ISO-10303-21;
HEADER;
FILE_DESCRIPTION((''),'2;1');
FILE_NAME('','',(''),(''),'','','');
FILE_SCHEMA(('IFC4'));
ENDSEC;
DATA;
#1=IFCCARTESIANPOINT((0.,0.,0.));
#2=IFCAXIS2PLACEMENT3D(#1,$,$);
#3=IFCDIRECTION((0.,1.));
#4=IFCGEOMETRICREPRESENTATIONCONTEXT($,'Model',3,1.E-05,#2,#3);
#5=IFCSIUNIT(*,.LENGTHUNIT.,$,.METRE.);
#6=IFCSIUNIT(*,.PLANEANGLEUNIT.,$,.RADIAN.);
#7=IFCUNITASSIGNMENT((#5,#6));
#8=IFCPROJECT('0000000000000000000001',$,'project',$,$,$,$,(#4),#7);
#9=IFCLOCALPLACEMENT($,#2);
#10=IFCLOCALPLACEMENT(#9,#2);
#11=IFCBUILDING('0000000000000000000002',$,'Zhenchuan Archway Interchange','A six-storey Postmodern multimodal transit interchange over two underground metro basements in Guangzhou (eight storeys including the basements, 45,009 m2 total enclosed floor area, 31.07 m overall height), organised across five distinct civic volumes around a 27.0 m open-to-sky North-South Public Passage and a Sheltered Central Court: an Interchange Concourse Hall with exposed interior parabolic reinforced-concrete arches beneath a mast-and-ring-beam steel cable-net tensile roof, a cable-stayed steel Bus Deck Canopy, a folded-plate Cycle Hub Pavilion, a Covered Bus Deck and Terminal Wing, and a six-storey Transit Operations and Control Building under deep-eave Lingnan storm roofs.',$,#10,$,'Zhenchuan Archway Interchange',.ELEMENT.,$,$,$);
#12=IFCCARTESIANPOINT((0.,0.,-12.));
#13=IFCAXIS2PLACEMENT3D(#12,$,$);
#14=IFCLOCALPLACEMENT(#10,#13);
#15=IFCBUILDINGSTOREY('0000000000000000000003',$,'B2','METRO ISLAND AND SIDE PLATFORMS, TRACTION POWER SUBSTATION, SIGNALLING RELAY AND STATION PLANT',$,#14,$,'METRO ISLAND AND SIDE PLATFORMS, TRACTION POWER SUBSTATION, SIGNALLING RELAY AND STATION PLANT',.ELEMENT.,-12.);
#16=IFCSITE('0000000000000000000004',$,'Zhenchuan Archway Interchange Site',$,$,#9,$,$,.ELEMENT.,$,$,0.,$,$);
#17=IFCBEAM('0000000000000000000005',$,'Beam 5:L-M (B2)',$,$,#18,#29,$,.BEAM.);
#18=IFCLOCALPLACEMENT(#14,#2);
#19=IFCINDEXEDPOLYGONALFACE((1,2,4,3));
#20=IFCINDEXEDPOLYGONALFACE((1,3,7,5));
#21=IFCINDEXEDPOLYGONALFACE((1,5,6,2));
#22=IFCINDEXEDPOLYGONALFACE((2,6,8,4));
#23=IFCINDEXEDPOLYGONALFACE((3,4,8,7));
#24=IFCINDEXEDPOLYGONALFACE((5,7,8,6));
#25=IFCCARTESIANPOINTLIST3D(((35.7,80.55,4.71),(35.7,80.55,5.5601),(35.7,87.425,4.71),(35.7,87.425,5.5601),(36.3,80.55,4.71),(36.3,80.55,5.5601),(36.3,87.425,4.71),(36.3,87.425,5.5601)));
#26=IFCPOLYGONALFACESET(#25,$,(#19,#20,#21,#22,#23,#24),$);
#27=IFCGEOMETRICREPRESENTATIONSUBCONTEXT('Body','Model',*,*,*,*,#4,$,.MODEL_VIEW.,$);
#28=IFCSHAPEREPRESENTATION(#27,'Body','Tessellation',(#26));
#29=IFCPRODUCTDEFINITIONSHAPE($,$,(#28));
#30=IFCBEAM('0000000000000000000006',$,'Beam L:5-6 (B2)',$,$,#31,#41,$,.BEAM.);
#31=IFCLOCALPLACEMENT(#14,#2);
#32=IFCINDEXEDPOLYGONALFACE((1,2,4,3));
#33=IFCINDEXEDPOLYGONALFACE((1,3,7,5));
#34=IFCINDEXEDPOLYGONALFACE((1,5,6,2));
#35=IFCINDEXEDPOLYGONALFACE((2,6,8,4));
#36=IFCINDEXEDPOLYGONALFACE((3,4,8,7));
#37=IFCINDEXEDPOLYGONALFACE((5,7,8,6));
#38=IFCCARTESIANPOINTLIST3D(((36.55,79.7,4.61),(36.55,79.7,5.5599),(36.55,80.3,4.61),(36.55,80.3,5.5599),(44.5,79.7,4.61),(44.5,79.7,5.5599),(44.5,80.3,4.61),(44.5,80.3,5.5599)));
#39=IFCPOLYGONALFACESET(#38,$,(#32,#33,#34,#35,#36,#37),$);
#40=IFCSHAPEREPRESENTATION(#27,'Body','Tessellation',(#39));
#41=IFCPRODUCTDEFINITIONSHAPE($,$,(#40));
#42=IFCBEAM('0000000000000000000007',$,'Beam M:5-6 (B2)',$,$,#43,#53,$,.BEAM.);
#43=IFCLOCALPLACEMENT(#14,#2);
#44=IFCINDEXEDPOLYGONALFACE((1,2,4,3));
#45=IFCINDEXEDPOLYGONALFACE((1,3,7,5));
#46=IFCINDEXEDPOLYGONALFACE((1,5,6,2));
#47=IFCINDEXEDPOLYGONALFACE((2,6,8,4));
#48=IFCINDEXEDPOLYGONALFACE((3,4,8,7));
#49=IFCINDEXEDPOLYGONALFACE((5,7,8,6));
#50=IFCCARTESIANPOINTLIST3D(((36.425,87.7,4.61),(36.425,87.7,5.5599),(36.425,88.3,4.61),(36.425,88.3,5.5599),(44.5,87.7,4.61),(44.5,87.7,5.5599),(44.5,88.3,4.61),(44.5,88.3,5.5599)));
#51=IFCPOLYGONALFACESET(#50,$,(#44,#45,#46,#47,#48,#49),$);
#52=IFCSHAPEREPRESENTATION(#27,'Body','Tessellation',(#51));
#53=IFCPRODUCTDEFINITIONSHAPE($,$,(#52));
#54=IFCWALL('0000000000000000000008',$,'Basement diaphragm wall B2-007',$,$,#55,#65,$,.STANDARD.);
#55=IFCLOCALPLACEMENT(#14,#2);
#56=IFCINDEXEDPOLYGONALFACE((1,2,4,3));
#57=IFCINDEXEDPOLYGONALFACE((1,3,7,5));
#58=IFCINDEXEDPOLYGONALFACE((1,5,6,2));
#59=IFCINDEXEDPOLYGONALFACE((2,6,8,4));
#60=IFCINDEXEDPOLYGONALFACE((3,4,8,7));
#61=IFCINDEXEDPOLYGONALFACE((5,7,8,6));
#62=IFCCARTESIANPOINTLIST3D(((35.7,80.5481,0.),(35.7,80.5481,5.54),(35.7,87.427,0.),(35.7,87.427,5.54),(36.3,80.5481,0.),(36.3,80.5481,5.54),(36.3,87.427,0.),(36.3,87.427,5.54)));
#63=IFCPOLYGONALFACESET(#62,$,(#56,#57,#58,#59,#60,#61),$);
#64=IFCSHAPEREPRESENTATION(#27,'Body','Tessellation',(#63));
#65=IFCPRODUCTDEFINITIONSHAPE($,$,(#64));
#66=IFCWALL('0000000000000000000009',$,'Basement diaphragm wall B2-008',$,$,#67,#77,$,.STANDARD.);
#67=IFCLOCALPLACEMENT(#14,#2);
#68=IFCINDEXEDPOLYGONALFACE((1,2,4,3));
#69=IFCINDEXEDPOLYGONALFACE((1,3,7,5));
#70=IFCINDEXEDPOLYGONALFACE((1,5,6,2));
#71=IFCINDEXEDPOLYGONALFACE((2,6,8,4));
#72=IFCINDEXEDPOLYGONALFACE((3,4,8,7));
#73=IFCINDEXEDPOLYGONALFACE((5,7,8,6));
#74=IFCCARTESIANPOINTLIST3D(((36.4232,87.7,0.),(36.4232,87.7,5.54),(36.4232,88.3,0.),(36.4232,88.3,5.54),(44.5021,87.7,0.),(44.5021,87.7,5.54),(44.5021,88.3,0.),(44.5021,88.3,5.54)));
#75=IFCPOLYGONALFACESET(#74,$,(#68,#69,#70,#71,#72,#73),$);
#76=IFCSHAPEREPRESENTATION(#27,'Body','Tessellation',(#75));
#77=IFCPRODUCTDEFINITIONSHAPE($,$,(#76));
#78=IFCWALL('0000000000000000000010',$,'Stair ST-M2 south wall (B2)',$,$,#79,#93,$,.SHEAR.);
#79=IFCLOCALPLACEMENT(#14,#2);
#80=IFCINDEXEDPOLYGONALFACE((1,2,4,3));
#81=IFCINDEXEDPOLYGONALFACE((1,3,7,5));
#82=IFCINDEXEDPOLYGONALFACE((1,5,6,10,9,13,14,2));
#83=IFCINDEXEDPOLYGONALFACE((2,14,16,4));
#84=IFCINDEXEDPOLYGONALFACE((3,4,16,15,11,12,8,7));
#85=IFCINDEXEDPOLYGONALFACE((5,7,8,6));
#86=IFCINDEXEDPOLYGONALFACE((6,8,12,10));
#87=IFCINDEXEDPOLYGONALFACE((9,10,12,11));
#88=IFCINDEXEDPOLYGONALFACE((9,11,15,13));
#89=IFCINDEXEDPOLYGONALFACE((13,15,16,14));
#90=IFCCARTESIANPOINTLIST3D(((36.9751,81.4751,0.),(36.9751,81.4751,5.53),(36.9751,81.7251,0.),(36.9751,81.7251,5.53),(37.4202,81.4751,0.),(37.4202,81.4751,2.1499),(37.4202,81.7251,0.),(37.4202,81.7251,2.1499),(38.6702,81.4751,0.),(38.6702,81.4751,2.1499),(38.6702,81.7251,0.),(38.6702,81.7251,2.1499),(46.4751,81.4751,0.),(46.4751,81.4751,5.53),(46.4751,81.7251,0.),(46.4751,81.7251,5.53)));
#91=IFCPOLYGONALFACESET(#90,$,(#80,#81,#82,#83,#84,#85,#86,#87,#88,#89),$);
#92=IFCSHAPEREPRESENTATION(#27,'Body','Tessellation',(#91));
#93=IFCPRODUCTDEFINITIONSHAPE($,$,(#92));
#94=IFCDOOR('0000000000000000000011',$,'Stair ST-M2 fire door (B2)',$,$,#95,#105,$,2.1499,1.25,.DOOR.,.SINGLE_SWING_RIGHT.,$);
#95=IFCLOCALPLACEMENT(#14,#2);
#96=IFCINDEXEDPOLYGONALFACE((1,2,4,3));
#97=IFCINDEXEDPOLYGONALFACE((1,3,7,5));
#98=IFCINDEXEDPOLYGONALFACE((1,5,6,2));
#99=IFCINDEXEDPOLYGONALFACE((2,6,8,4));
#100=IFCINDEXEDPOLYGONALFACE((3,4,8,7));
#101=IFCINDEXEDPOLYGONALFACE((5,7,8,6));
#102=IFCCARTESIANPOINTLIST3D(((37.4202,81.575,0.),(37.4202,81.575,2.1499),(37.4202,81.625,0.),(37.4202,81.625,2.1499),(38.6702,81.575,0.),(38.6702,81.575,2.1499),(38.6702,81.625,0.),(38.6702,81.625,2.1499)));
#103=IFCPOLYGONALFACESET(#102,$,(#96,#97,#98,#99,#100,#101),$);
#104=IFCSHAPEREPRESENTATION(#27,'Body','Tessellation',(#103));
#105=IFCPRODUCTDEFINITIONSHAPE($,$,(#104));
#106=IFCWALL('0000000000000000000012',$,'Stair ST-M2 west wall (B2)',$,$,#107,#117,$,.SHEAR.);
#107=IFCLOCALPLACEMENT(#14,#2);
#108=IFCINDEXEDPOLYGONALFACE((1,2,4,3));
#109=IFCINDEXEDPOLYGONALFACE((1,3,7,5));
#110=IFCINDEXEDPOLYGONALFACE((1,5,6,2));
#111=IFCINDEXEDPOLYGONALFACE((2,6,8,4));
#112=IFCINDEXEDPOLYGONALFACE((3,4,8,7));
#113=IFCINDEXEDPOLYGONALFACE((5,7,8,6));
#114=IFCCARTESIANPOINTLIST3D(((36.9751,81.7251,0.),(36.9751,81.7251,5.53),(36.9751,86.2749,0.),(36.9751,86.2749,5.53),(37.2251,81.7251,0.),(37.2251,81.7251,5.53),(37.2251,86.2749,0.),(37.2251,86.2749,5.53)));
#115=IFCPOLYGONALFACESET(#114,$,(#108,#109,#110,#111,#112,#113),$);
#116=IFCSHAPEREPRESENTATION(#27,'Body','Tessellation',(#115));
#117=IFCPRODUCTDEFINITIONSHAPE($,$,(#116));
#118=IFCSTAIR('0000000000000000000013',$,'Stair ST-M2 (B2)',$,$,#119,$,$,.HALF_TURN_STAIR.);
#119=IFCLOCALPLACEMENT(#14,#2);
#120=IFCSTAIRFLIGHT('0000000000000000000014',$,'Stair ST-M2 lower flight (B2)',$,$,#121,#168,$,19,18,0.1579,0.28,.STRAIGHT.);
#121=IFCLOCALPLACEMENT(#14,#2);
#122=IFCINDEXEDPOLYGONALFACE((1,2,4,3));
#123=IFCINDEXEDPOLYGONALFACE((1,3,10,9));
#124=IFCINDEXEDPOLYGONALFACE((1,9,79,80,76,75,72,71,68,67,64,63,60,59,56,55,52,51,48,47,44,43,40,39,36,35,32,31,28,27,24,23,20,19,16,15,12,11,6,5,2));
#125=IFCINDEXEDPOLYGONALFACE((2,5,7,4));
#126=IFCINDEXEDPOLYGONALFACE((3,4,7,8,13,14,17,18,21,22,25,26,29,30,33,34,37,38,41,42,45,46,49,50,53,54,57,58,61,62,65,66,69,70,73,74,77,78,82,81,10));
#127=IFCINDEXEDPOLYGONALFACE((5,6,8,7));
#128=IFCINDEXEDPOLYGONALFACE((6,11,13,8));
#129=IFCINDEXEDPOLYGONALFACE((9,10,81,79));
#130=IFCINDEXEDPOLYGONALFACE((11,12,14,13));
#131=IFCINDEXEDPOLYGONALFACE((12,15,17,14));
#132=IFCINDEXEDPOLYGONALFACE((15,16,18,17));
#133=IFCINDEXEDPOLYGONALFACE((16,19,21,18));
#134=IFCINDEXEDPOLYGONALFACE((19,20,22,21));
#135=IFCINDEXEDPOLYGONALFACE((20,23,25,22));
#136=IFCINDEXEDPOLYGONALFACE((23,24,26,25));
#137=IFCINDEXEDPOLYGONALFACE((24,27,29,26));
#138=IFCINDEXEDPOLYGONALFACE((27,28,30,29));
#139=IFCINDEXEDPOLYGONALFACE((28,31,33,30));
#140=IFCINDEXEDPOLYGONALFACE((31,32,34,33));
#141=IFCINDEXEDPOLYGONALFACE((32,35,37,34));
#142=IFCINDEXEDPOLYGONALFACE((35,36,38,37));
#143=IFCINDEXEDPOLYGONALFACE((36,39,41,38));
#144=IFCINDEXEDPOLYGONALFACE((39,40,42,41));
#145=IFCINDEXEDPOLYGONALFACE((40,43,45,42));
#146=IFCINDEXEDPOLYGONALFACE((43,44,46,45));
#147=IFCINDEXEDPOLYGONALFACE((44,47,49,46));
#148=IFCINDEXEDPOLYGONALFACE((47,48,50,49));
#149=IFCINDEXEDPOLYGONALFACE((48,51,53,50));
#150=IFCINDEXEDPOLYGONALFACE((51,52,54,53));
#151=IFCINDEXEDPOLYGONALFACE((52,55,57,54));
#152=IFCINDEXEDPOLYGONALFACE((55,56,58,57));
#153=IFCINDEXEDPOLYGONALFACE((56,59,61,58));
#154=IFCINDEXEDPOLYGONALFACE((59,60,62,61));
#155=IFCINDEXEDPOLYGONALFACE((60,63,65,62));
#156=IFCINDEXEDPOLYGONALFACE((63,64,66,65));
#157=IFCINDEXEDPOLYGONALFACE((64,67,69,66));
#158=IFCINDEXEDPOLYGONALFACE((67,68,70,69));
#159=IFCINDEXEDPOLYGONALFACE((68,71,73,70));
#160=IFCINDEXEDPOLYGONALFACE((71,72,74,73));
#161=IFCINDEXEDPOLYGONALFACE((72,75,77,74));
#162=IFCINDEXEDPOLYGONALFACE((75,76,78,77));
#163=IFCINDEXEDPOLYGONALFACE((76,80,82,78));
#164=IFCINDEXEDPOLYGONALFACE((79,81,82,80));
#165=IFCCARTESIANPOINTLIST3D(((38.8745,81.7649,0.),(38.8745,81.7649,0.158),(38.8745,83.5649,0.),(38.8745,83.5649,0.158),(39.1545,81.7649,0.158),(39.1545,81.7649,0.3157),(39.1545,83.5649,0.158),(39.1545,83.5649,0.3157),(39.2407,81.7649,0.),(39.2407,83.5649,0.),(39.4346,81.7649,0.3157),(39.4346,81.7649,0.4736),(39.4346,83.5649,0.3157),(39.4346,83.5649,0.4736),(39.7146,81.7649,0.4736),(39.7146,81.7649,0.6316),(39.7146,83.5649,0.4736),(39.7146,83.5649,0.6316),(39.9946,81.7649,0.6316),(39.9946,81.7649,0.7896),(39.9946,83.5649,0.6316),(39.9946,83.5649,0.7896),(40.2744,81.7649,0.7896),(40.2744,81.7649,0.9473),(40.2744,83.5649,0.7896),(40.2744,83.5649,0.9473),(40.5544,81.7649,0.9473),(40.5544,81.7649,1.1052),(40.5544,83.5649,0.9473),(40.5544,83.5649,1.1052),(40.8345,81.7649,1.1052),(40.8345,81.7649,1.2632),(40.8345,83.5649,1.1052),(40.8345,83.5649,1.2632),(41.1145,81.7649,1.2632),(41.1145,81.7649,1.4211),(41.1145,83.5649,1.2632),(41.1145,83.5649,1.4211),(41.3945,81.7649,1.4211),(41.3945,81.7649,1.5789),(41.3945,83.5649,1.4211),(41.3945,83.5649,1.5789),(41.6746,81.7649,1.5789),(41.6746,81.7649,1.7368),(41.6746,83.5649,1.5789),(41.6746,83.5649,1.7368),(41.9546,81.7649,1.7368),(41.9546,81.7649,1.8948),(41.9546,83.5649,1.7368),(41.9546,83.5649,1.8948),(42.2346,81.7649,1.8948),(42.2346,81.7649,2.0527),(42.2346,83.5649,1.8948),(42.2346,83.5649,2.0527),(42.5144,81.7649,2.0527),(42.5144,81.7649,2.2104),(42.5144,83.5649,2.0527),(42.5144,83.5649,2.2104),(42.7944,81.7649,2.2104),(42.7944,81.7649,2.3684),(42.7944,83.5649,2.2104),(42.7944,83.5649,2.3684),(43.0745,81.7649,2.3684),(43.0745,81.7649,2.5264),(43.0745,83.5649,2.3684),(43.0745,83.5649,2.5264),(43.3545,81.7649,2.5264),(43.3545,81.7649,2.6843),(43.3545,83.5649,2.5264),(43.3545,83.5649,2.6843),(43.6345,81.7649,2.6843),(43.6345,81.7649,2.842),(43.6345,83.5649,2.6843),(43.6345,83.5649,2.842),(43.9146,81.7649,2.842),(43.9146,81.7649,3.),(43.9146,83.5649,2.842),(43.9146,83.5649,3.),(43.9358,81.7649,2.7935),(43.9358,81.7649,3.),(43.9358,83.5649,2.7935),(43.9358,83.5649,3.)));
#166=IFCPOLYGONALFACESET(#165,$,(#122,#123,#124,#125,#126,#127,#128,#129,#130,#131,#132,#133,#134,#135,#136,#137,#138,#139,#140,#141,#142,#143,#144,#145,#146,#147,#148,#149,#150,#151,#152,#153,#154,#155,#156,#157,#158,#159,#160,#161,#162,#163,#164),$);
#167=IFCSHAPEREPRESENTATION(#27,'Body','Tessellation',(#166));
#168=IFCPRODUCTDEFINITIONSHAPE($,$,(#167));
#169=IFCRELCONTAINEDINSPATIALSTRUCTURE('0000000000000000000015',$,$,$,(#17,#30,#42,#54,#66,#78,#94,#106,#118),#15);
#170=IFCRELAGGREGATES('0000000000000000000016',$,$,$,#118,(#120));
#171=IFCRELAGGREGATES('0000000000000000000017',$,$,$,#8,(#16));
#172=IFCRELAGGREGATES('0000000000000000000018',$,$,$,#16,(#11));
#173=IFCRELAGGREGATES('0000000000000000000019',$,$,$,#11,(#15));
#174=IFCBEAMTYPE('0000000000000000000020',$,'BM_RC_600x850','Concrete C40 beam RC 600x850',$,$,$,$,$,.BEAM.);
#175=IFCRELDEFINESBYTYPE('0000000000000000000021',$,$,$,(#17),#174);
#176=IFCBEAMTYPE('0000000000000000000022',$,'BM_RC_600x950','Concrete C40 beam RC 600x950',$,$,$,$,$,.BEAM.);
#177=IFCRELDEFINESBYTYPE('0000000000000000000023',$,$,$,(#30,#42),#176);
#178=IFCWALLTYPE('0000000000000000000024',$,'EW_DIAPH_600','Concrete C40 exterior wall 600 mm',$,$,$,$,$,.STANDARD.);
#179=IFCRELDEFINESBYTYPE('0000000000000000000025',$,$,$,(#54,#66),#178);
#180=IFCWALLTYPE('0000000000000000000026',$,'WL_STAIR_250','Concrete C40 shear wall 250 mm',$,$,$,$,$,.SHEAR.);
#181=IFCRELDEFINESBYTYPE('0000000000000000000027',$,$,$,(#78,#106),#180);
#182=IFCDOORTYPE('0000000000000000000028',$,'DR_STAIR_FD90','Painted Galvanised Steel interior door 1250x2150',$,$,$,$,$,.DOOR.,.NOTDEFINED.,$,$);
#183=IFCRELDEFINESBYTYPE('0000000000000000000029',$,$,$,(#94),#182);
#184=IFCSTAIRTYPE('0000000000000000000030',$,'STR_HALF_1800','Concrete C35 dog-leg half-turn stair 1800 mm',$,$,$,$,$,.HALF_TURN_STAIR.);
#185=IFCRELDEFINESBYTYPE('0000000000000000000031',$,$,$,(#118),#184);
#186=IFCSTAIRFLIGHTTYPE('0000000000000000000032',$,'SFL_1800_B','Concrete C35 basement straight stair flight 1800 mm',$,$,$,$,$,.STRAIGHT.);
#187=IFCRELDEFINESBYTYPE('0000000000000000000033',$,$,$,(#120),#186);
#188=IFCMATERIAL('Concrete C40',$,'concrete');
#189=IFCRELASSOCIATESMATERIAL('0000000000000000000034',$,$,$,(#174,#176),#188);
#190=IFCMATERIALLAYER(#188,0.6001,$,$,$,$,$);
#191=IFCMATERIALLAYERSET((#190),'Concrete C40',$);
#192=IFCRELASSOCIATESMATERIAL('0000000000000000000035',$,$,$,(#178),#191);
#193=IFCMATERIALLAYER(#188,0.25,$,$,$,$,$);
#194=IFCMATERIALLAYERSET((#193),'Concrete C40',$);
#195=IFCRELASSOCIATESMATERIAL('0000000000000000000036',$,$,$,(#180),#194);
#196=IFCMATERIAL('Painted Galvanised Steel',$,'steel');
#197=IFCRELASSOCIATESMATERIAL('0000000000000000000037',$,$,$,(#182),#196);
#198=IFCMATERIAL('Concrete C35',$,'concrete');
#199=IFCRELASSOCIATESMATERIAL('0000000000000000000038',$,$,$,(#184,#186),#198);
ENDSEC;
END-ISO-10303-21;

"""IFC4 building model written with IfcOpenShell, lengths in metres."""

from ifc_helpers import new_model, si_unit, direction, frame, frame_2d, origin, origin_2d, place, context, subcontext, project, spatial, polyline, rectangle, outline, extrude, material, layer, layer_set, material_profile, profile_set, type_object, element, fill, aggregate, save


model = new_model("IFC4")

# Units and contexts
model_context = context("Model", 3, precision=1e-05, world=origin(), true_north=direction((0.0, 1.0)))
body_context = subcontext(model_context, "Body", "Model", "MODEL_VIEW")
ifc_project = project(units=[si_unit("LENGTHUNIT", "METRE"), si_unit("PLANEANGLEUNIT", "RADIAN")], contexts=[model_context])

# Site, building, storey
site_placement = place(None, origin())
site = spatial("IfcSite", under=ifc_project, at=site_placement, Name="Zhenchuan Archway Interchange Site", CompositionType="ELEMENT", RefElevation=0.0)
building_placement = place(site_placement, origin())
building = spatial("IfcBuilding", under=site, at=building_placement, Name="Zhenchuan Archway Interchange", Description="A six-storey Postmodern multimodal transit interchange over two underground metro basements in Guangzhou (eight storeys including the basements, 45,009 m2 total enclosed floor area, 31.07 m overall height), organised across five distinct civic volumes around a 27.0 m open-to-sky North-South Public Passage and a Sheltered Central Court: an Interchange Concourse Hall with exposed interior parabolic reinforced-concrete arches beneath a mast-and-ring-beam steel cable-net tensile roof, a cable-stayed steel Bus Deck Canopy, a folded-plate Cycle Hub Pavilion, a Covered Bus Deck and Terminal Wing, and a six-storey Transit Operations and Control Building under deep-eave Lingnan storm roofs.", LongName="Zhenchuan Archway Interchange", CompositionType="ELEMENT")
storey_placement = place(building_placement, frame((0.0, 0.0, -12.0)))
storey = spatial("IfcBuildingStorey", under=building, at=storey_placement, Name="B2", Description="METRO ISLAND AND SIDE PLATFORMS, TRACTION POWER SUBSTATION, SIGNALLING RELAY AND STATION PLANT", LongName="METRO ISLAND AND SIDE PLATFORMS, TRACTION POWER SUBSTATION, SIGNALLING RELAY AND STATION PLANT", CompositionType="ELEMENT", Elevation=-12.0)

# Shared definitions
ifc_material_1 = material(Name="Concrete C40", Category="concrete")

# Shared definitions
ifc_material_2 = material(Name="Concrete C35", Category="concrete")

# Beams
ifc_material_profile_1 = material_profile(ifc_material_1, rectangle(XDim=0.6001, YDim=0.8501, at=origin_2d()), Name="RC 600x850")
ifc_profile_set_1 = profile_set([ifc_material_profile_1], Name="Concrete C40")
beam_type_1 = type_object("IfcBeamType", Name="BM_RC_600x850", Description="Concrete C40 beam RC 600x850", PredefinedType="BEAM", material=ifc_profile_set_1)
beam_1_placement = place(storey_placement, frame((36.0, 80.55, 5.135), z_axis=(0.0, 1.0, 0.0), x_axis=(-1.0, 0.0, 0.0)))
element("IfcBeam", 1, at=beam_1_placement, inside=storey, type_object=beam_type_1, Name="Beam 5:L-M (B2)", PredefinedType="BEAM", context=body_context, shape_type="SweptSolid", body=[
    extrude(rectangle(XDim=0.6001, YDim=0.8501, at=origin_2d()), origin(), (0.0, 0.0, 1.0), 6.875),
])
ifc_material_profile_2 = material_profile(ifc_material_1, rectangle(XDim=0.6001, YDim=0.95, at=origin_2d()), Name="RC 600x950")
ifc_profile_set_2 = profile_set([ifc_material_profile_2], Name="Concrete C40")
beam_type_2 = type_object("IfcBeamType", Name="BM_RC_600x950", Description="Concrete C40 beam RC 600x950", PredefinedType="BEAM", material=ifc_profile_set_2)
beam_2_placement = place(storey_placement, frame((36.55, 80.0, 5.085), z_axis=(1.0, 0.0, 0.0), x_axis=(0.0, 1.0, 0.0)))
element("IfcBeam", 2, at=beam_2_placement, inside=storey, type_object=beam_type_2, Name="Beam L:5-6 (B2)", PredefinedType="BEAM", context=body_context, shape_type="SweptSolid", body=[
    extrude(rectangle(XDim=0.6001, YDim=0.95, at=origin_2d()), origin(), (0.0, 0.0, 1.0), 7.95),
])
beam_3_placement = place(storey_placement, frame((36.425, 88.0, 5.085), z_axis=(1.0, 0.0, 0.0), x_axis=(0.0, 1.0, 0.0)))
element("IfcBeam", 3, at=beam_3_placement, inside=storey, type_object=beam_type_2, Name="Beam M:5-6 (B2)", PredefinedType="BEAM", context=body_context, shape_type="SweptSolid", body=[
    extrude(rectangle(XDim=0.6001, YDim=0.95, at=origin_2d()), origin(), (0.0, 0.0, 1.0), 8.075),
])

# Walls
ifc_layer_1 = layer(ifc_material_1, 0.6001)
ifc_layer_set_1 = layer_set([ifc_layer_1], Name="Concrete C40")
wall_type_1 = type_object("IfcWallType", Name="EW_DIAPH_600", Description="Concrete C40 exterior wall 600 mm", PredefinedType="STANDARD", material=ifc_layer_set_1)
wall_1_placement = place(storey_placement, frame((36.0, 80.5481, 0.0), z_axis=(0.0, 0.0, 1.0), x_axis=(0.0, 1.0, 0.0)))
element("IfcWall", 4, at=wall_1_placement, inside=storey, type_object=wall_type_1, Name="Basement diaphragm wall B2-007", PredefinedType="STANDARD", context=body_context, shape_type="SweptSolid", body=[
    extrude(rectangle(XDim=6.8789, YDim=0.6001, at=frame_2d((3.4395, 0.0))), origin(), (0.0, 0.0, 1.0), 5.54),
])
wall_2_placement = place(storey_placement, frame((36.4231, 88.0, 0.0), z_axis=(0.0, 0.0, 1.0), x_axis=(1.0, 0.0, 0.0)))
element("IfcWall", 5, at=wall_2_placement, inside=storey, type_object=wall_type_1, Name="Basement diaphragm wall B2-008", PredefinedType="STANDARD", context=body_context, shape_type="SweptSolid", body=[
    extrude(rectangle(XDim=8.0789, YDim=0.6001, at=frame_2d((4.0396, 0.0))), origin(), (0.0, 0.0, 1.0), 5.54),
])

# Wall, opening, door
ifc_layer_2 = layer(ifc_material_1, 0.25)
ifc_layer_set_2 = layer_set([ifc_layer_2], Name="Concrete C40")
wall_type_2 = type_object("IfcWallType", Name="WL_STAIR_250", Description="Concrete C40 shear wall 250 mm", PredefinedType="SHEAR", material=ifc_layer_set_2)
wall_3_placement = place(storey_placement, frame((36.9751, 81.6001, 0.0), z_axis=(0.0, 0.0, 1.0), x_axis=(1.0, 0.0, 0.0)))
wall_3 = element("IfcWall", 6, at=wall_3_placement, inside=storey, type_object=wall_type_2, Name="Stair ST-M2 south wall (B2)", PredefinedType="SHEAR", context=body_context, shape_type="SweptSolid", body=[
    extrude(rectangle(XDim=9.5, YDim=0.25, at=frame_2d((4.75, 0.0))), origin(), (0.0, 0.0, 1.0), 5.53),
])
opening_placement = place(wall_3_placement, frame((0.4451, 0.0, 0.0)))
opening = element("IfcOpeningElement", 7, at=opening_placement, cuts=wall_3, PredefinedType="OPENING", context=body_context, shape_type="SweptSolid", body=[
    extrude(rectangle(XDim=1.25, YDim=2.1499, at=frame_2d((0.625, 1.075))), frame((0.0, 0.137, 0.0), z_axis=(0.0, -1.0, 0.0), x_axis=(1.0, 0.0, 0.0)), (0.0, 0.0, 1.0), 0.2739),
])
ifc_material_3 = material(Name="Painted Galvanised Steel", Category="steel")
door_type = type_object("IfcDoorType", Name="DR_STAIR_FD90", Description="Painted Galvanised Steel interior door 1250x2150", OperationType="NOTDEFINED", PredefinedType="DOOR", material=ifc_material_3)
door_placement = place(opening_placement, origin())
door = element("IfcDoor", 8, at=door_placement, inside=storey, type_object=door_type, Name="Stair ST-M2 fire door (B2)", OperationType="SINGLE_SWING_RIGHT", OverallHeight=2.1499, OverallWidth=1.25, PredefinedType="DOOR", context=body_context, shape_type="SweptSolid", body=[
    extrude(rectangle(XDim=1.25, YDim=2.1499, at=frame_2d((0.625, 1.075))), frame((0.0, 0.0249, 0.0), z_axis=(0.0, -1.0, 0.0), x_axis=(1.0, 0.0, 0.0)), (0.0, 0.0, 1.0), 0.05),
])
fill(opening, door)

# Wall
wall_4_placement = place(storey_placement, frame((37.1001, 86.2749, 0.0), z_axis=(0.0, 0.0, 1.0), x_axis=(0.0, -1.0, 0.0)))
element("IfcWall", 9, at=wall_4_placement, inside=storey, type_object=wall_type_2, Name="Stair ST-M2 west wall (B2)", PredefinedType="SHEAR", context=body_context, shape_type="SweptSolid", body=[
    extrude(rectangle(XDim=4.5498, YDim=0.25, at=frame_2d((2.2749, 0.0))), origin(), (0.0, 0.0, 1.0), 5.53),
])

# Stair, stair flight
stair_type = type_object("IfcStairType", Name="STR_HALF_1800", Description="Concrete C35 dog-leg half-turn stair 1800 mm", PredefinedType="HALF_TURN_STAIR", material=ifc_material_2)
stair_placement = place(storey_placement, origin())
stair = element("IfcStair", 10, at=stair_placement, inside=storey, type_object=stair_type, Name="Stair ST-M2 (B2)", PredefinedType="HALF_TURN_STAIR")
stair_flight_type = type_object("IfcStairFlightType", Name="SFL_1800_B", Description="Concrete C35 basement straight stair flight 1800 mm", PredefinedType="STRAIGHT", material=ifc_material_2)
stair_flight_1_placement = place(storey_placement, frame((38.8745, 82.665, 0.0), z_axis=(0.0, 0.0, 1.0), x_axis=(1.0, 0.0, 0.0)))
stair_flight_1 = element("IfcStairFlight", 11, at=stair_flight_1_placement, type_object=stair_flight_type, Name="Stair ST-M2 lower flight (B2)", NumberOfRisers=19, NumberOfTreads=18, PredefinedType="STRAIGHT", RiserHeight=0.1579, TreadLength=0.28, context=body_context, shape_type="SweptSolid", body=[
    extrude(outline(polyline([(0.0, 0.0), (0.0, 0.158), (0.28, 0.158), (0.28, 0.3157), (0.5601, 0.3157), (0.5601, 0.4736), (0.8401, 0.4736), (0.8401, 0.6316), (1.1201, 0.6316), (1.1201, 0.7896), (1.3999, 0.7896), (1.3999, 0.9473), (1.6799, 0.9473), (1.6799, 1.1052), (1.96, 1.1052), (1.96, 1.2632), (2.24, 1.2632), (2.24, 1.4211), (2.52, 1.4211), (2.52, 1.5789), (2.8, 1.5789), (2.8, 1.7368), (3.0801, 1.7368), (3.0801, 1.8948), (3.3601, 1.8948), (3.3601, 2.0527), (3.6399, 2.0527), (3.6399, 2.2104), (3.9199, 2.2104), (3.9199, 2.3684), (4.2, 2.3684), (4.2, 2.5264), (4.48, 2.5264), (4.48, 2.6843), (4.76, 2.6843), (4.76, 2.842), (5.04, 2.842), (5.04, 3.0), (5.0613, 3.0), (5.0613, 2.7935), (0.3662, 0.0), (0.0, 0.0)])), frame((0.0, 0.8999, 0.0), z_axis=(0.0, -1.0, 0.0), x_axis=(1.0, 0.0, 0.0)), (0.0, 0.0, 1.0), 1.8),
])
aggregate(stair, [stair_flight_1])

save(model, "model.ifc")
